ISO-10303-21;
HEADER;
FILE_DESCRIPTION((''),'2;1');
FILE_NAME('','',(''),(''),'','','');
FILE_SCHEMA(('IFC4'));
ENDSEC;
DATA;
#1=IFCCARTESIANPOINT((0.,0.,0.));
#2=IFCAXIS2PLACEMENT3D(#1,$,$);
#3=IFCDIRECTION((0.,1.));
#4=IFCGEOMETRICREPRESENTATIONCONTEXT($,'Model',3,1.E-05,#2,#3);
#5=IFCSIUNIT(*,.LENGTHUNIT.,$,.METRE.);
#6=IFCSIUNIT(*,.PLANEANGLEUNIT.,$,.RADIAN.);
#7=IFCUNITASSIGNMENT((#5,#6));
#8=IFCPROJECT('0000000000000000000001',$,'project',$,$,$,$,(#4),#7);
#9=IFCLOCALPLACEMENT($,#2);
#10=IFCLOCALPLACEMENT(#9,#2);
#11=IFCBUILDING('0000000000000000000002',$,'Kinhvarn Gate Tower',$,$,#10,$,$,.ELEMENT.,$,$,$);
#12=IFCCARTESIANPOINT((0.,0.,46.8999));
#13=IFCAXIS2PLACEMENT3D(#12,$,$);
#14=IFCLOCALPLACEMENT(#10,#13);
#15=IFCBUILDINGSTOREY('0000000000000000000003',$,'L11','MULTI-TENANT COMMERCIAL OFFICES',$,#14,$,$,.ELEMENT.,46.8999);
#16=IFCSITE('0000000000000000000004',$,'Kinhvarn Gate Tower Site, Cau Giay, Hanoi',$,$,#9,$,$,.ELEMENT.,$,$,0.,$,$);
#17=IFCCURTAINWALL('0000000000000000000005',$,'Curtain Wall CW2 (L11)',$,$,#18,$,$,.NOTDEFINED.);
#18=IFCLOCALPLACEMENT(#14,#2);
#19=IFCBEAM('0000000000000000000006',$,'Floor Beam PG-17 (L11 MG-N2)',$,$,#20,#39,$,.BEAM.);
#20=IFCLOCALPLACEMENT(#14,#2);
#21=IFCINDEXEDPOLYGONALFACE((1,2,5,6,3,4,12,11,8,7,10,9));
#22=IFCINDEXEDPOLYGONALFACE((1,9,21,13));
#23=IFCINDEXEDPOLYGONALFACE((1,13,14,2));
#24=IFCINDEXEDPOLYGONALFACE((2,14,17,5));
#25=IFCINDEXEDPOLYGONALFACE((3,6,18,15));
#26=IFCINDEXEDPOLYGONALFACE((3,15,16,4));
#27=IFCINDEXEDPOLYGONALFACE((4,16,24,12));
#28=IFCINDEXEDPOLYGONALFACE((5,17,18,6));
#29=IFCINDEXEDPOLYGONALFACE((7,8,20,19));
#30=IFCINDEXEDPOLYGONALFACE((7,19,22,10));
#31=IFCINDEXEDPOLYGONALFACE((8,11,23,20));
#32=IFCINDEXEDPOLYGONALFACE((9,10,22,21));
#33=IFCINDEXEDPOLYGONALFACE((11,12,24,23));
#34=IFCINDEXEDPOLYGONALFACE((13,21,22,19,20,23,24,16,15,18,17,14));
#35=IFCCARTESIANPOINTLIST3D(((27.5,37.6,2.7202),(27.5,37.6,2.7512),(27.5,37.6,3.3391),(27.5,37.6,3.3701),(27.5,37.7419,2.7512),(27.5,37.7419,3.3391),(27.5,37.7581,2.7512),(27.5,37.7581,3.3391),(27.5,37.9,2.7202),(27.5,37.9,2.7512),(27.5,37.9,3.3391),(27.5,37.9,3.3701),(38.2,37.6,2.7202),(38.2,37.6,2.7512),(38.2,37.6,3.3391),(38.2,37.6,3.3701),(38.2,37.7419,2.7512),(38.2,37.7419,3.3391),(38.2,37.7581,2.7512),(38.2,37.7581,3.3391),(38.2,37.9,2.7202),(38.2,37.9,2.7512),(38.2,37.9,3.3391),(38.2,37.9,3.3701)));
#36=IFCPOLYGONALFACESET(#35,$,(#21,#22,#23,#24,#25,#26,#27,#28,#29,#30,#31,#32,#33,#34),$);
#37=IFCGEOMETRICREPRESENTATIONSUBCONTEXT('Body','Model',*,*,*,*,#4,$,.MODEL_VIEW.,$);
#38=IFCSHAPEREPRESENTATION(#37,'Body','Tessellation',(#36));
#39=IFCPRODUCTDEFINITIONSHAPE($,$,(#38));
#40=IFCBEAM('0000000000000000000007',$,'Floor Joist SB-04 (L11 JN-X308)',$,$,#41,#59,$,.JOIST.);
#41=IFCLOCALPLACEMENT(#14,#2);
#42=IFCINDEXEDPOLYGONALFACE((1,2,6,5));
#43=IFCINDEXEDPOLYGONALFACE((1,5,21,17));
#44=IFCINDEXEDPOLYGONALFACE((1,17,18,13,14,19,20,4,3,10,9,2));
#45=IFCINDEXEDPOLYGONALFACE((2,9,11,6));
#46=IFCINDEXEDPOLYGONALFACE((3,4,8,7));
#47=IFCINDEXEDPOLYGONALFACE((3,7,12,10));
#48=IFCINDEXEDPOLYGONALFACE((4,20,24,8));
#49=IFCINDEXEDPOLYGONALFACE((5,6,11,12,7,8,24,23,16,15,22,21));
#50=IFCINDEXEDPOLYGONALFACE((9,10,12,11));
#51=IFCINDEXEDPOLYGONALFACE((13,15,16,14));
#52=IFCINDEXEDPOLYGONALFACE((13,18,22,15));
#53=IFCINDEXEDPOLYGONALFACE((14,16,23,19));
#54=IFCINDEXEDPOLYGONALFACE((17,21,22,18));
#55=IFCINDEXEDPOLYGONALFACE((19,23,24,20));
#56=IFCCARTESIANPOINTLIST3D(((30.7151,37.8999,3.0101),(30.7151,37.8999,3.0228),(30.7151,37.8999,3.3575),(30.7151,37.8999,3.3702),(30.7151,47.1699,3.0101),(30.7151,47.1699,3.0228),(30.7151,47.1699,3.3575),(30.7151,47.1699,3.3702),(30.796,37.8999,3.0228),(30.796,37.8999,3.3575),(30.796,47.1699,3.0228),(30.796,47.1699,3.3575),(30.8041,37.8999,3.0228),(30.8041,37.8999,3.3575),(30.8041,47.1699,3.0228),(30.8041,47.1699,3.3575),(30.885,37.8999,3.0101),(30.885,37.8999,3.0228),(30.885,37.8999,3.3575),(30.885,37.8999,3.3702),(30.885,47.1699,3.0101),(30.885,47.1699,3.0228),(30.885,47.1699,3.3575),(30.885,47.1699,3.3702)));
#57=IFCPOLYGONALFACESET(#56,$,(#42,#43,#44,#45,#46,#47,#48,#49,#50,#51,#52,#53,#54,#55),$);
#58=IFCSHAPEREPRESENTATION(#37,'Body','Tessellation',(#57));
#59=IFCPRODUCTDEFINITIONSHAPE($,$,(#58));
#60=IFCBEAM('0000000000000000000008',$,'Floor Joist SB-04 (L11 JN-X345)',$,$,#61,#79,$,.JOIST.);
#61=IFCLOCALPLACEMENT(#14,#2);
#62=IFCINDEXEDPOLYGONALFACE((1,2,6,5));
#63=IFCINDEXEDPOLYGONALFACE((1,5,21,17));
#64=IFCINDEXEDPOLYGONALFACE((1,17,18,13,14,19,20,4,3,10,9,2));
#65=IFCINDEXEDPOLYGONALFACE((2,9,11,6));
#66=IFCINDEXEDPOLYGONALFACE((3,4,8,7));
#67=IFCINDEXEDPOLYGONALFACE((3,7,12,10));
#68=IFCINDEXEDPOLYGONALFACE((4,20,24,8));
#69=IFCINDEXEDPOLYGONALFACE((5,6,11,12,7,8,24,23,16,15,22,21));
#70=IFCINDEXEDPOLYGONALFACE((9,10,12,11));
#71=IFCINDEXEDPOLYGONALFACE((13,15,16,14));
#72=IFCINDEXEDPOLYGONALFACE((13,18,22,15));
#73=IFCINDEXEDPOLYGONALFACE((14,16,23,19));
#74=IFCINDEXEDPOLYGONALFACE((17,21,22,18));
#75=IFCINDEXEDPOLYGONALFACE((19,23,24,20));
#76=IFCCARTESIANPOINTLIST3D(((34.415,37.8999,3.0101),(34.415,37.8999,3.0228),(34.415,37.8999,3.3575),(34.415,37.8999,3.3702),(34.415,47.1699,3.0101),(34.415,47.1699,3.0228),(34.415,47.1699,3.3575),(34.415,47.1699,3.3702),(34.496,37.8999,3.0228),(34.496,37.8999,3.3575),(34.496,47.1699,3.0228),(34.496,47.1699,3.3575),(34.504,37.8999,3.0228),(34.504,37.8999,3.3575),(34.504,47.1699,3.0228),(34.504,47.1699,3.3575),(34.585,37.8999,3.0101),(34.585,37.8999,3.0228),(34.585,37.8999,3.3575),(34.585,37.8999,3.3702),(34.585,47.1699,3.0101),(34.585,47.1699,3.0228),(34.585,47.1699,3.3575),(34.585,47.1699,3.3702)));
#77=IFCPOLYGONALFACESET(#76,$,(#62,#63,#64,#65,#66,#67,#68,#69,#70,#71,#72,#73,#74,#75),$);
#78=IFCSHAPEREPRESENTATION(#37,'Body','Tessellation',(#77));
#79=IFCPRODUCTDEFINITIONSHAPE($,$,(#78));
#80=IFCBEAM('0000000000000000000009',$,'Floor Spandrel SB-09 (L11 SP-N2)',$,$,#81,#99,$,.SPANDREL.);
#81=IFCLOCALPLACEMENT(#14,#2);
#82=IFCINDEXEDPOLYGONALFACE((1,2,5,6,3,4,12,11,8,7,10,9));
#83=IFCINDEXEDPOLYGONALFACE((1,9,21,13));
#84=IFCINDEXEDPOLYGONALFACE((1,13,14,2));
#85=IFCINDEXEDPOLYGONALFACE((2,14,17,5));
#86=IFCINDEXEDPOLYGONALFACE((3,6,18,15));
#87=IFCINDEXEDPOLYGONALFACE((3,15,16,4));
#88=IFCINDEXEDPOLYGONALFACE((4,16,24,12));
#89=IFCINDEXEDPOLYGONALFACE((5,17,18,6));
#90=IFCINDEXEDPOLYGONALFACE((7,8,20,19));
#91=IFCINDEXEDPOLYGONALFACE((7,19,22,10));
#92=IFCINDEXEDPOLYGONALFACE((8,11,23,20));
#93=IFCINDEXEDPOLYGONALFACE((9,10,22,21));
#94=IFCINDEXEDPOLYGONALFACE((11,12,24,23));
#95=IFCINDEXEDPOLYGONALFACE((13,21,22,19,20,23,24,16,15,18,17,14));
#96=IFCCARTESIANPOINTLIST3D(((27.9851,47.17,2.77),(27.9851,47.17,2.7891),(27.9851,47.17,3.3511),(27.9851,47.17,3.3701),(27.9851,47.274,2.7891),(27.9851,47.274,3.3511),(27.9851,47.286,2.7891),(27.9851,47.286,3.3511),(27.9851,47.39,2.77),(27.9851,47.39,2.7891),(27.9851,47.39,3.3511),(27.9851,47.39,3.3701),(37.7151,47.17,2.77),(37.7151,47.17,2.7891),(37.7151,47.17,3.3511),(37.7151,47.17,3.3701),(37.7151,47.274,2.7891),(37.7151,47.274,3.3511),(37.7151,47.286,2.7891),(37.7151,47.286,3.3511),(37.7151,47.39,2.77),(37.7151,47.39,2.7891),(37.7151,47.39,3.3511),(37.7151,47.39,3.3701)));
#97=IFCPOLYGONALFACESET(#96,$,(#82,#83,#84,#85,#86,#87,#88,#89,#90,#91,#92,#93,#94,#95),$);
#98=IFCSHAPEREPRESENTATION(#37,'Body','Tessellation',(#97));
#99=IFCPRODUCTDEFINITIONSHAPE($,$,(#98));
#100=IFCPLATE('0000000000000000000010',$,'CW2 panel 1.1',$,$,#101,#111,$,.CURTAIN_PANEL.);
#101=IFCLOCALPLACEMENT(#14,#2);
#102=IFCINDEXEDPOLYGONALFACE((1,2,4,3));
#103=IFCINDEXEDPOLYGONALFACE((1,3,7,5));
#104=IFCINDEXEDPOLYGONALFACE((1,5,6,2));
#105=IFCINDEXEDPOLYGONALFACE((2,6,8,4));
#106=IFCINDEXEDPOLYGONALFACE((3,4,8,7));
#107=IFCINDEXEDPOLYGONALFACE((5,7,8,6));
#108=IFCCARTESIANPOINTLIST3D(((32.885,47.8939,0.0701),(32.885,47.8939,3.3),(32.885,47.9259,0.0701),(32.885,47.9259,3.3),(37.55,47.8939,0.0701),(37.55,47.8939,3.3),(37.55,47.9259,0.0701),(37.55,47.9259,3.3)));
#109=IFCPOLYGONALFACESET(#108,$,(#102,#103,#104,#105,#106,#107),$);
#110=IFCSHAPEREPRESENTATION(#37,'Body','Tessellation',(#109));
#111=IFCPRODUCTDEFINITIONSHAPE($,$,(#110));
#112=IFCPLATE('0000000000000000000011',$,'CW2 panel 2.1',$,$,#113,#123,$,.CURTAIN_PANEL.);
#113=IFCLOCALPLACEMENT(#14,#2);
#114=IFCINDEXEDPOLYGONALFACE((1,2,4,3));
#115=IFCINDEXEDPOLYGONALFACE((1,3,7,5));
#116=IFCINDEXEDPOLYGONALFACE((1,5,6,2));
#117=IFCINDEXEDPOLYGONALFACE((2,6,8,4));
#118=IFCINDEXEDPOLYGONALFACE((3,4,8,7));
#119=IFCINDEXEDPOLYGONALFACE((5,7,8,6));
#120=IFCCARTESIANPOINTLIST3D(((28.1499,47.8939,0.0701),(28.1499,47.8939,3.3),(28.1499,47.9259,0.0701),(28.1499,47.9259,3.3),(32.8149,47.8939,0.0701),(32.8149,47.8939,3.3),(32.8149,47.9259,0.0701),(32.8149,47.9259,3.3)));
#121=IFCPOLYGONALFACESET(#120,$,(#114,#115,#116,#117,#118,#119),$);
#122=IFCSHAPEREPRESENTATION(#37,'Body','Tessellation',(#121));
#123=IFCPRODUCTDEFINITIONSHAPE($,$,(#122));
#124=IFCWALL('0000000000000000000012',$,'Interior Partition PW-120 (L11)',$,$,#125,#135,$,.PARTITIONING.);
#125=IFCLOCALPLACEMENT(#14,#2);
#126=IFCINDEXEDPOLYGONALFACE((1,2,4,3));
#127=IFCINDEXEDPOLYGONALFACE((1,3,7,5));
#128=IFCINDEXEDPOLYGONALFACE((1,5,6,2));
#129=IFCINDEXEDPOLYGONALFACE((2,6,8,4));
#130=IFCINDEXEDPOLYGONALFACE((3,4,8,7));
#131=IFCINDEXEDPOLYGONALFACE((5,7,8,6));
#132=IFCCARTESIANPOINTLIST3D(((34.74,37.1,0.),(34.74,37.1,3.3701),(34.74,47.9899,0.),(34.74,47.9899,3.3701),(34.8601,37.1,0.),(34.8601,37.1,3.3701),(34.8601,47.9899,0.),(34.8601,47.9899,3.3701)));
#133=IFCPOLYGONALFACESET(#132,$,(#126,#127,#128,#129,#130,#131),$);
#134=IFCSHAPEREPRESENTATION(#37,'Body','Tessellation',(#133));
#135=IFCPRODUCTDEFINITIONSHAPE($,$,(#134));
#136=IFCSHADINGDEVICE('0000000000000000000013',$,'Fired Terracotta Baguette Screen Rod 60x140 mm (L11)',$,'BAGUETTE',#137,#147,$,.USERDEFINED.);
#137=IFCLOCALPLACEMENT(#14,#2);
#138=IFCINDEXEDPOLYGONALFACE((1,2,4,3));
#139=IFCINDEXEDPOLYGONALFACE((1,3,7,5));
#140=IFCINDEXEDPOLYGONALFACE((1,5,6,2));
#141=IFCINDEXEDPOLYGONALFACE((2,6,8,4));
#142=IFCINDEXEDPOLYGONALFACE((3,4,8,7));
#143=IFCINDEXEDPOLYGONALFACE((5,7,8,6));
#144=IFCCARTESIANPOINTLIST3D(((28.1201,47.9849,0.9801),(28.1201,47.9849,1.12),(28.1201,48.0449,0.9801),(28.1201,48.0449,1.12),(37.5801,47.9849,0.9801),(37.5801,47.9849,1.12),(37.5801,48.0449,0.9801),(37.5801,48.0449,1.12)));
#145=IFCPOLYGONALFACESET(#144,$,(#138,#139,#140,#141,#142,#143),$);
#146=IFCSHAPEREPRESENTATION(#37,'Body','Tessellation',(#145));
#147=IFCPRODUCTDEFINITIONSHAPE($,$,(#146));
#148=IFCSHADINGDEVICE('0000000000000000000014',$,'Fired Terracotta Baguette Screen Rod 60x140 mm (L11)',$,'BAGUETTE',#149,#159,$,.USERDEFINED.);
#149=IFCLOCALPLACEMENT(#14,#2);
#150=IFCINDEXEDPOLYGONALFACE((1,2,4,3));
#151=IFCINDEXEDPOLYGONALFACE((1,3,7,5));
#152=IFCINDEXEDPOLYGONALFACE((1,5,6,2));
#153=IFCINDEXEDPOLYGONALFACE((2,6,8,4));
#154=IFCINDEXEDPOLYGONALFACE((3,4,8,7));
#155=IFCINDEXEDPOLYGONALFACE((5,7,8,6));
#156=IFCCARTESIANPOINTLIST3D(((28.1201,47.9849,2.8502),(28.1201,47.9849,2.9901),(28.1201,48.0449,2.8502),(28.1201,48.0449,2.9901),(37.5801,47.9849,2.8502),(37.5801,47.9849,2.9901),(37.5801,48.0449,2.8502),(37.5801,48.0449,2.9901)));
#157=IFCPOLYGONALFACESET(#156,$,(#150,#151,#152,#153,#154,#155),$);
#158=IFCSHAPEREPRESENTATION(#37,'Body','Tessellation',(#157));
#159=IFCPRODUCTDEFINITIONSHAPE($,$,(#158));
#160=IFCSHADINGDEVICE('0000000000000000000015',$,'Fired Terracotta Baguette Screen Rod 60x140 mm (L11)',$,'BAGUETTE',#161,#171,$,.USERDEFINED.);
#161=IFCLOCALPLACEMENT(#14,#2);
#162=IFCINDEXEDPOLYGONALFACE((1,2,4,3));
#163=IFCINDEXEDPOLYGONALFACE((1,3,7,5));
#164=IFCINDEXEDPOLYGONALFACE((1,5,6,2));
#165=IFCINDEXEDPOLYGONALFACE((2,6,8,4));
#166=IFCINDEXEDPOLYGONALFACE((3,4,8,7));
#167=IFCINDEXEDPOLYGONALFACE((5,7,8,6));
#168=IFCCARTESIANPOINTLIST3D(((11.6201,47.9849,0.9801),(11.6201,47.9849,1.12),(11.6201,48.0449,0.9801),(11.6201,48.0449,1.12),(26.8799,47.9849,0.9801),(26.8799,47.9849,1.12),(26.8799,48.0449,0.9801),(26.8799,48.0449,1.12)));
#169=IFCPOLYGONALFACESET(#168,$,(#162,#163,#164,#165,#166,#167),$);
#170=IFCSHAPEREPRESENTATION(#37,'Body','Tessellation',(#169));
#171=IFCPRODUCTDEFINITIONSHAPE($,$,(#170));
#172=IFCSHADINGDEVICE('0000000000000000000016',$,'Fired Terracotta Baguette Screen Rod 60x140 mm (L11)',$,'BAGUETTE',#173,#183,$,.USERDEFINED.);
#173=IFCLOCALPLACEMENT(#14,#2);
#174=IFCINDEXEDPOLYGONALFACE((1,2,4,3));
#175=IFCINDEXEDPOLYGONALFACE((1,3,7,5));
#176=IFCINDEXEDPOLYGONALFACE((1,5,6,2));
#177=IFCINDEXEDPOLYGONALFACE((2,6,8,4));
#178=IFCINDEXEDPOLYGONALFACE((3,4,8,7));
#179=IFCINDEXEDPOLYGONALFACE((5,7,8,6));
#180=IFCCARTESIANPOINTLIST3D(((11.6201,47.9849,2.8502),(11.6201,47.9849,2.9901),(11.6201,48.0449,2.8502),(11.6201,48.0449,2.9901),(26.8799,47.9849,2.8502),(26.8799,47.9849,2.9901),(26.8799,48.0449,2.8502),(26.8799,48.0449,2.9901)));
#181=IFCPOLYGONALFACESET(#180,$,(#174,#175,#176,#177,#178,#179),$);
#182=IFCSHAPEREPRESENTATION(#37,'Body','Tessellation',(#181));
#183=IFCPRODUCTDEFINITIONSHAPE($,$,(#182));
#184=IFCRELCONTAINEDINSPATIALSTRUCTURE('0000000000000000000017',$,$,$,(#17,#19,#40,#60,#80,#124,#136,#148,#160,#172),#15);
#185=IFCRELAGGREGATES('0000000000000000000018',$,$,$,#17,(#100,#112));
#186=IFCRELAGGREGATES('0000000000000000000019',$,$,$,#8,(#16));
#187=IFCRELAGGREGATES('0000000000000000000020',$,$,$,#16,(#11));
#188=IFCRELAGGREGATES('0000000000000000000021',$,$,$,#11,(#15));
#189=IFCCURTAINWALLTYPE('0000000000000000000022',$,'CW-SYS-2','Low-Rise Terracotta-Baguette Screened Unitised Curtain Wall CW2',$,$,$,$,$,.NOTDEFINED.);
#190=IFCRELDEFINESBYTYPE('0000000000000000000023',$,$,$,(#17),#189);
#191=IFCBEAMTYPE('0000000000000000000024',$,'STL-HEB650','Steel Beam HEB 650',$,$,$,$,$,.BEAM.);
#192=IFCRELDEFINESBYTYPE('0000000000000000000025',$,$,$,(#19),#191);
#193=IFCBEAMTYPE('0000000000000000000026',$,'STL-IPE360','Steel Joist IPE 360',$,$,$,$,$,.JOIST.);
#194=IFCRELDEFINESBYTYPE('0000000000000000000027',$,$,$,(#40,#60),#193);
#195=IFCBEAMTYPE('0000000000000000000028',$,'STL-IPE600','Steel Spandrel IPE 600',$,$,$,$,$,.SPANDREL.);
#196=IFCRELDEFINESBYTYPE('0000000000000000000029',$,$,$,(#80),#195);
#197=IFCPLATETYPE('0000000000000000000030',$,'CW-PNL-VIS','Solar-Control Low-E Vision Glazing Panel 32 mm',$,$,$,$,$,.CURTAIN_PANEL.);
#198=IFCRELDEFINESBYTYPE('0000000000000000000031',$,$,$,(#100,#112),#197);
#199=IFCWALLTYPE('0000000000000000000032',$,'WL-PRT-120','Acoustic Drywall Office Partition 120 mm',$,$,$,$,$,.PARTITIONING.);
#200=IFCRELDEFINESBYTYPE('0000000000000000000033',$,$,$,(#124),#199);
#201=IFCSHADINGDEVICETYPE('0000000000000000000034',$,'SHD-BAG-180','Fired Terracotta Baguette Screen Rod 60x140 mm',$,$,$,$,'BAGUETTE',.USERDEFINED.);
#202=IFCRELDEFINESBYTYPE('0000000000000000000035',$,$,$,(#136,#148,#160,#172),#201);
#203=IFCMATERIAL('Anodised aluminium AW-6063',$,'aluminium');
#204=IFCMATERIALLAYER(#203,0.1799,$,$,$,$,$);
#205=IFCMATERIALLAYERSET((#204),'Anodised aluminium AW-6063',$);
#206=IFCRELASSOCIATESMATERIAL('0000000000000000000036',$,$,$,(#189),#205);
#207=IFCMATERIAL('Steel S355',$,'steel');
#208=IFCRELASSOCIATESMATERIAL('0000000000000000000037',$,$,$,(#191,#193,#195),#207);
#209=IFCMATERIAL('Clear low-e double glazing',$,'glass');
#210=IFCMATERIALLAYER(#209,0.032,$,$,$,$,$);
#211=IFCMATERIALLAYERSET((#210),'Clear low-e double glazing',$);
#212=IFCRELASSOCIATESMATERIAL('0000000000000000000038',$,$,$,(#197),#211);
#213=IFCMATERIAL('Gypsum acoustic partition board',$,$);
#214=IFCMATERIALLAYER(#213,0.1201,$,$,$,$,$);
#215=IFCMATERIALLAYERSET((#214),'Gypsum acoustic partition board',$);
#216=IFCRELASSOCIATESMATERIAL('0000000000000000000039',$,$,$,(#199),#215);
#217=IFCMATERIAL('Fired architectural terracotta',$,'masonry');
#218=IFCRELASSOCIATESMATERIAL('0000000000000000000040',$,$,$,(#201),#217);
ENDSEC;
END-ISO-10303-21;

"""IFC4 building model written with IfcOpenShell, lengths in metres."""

from ifc_helpers import new_model, si_unit, direction, frame, frame_2d, origin, origin_2d, place, context, subcontext, project, spatial, rectangle, i_section, extrude, material, layer, layer_set, material_profile, profile_set, type_object, element, aggregate, save


model = new_model("IFC4")

# Units and contexts
model_context = context("Model", 3, precision=1e-05, world=origin(), true_north=direction((0.0, 1.0)))
body_context = subcontext(model_context, "Body", "Model", "MODEL_VIEW")
ifc_project = project(units=[si_unit("LENGTHUNIT", "METRE"), si_unit("PLANEANGLEUNIT", "RADIAN")], contexts=[model_context])

# Site, building, storey
site_placement = place(None, origin())
site = spatial("IfcSite", under=ifc_project, at=site_placement, Name="Kinhvarn Gate Tower Site, Cau Giay, Hanoi", CompositionType="ELEMENT", RefElevation=0.0)
building_placement = place(site_placement, origin())
building = spatial("IfcBuilding", under=site, at=building_placement, Name="Kinhvarn Gate Tower", CompositionType="ELEMENT")
storey_placement = place(building_placement, frame((0.0, 0.0, 46.8999)))
storey = spatial("IfcBuildingStorey", under=building, at=storey_placement, Name="L11", Description="MULTI-TENANT COMMERCIAL OFFICES", CompositionType="ELEMENT", Elevation=46.8999)

# Curtain wall
ifc_material_1 = material(Name="Anodised aluminium AW-6063", Category="aluminium")
ifc_layer_1 = layer(ifc_material_1, 0.1799)
ifc_layer_set_1 = layer_set([ifc_layer_1], Name="Anodised aluminium AW-6063")
curtain_wall_type = type_object("IfcCurtainWallType", Name="CW-SYS-2", Description="Low-Rise Terracotta-Baguette Screened Unitised Curtain Wall CW2", PredefinedType="NOTDEFINED", material=ifc_layer_set_1)
curtain_wall_1_placement = place(storey_placement, origin())
curtain_wall_1 = element("IfcCurtainWall", 1, at=curtain_wall_1_placement, inside=storey, type_object=curtain_wall_type, Name="Curtain Wall CW2 (L11)", PredefinedType="NOTDEFINED")

# Beams
ifc_material_2 = material(Name="Steel S355", Category="steel")
ifc_material_profile_1 = material_profile(ifc_material_2, i_section(OverallWidth=0.3, OverallDepth=0.6499, WebThickness=0.0161, FlangeThickness=0.031, at=origin_2d()), Name="HEB 650")
ifc_profile_set_1 = profile_set([ifc_material_profile_1], Name="Steel S355")
beam_type_1 = type_object("IfcBeamType", Name="STL-HEB650", Description="Steel Beam HEB 650", PredefinedType="BEAM", material=ifc_profile_set_1)
beam_1_placement = place(storey_placement, frame((27.5, 37.75, 3.0452), z_axis=(1.0, 0.0, 0.0), x_axis=(0.0, 1.0, 0.0)))
element("IfcBeam", 2, at=beam_1_placement, inside=storey, type_object=beam_type_1, Name="Floor Beam PG-17 (L11 MG-N2)", PredefinedType="BEAM", context=body_context, shape_type="SweptSolid", body=[
    extrude(i_section(OverallWidth=0.3, OverallDepth=0.6499, WebThickness=0.0161, FlangeThickness=0.031, at=origin_2d()), origin(), (0.0, 0.0, 1.0), 10.7),
])
ifc_material_profile_2 = material_profile(ifc_material_2, i_section(OverallWidth=0.1699, OverallDepth=0.3601, WebThickness=0.0081, FlangeThickness=0.0127, at=origin_2d()), Name="IPE 360")
ifc_profile_set_2 = profile_set([ifc_material_profile_2], Name="Steel S355")
beam_type_2 = type_object("IfcBeamType", Name="STL-IPE360", Description="Steel Joist IPE 360", PredefinedType="JOIST", material=ifc_profile_set_2)
for number, where, z_axis, x_axis, name in (
    (3, (30.8, 37.8999, 3.1902), (0.0, 1.0, 0.0), (-1.0, 0.0, 0.0), "Floor Joist SB-04 (L11 JN-X308)"),
    (4, (34.5, 37.8999, 3.1902), (0.0, 1.0, 0.0), (-1.0, 0.0, 0.0), "Floor Joist SB-04 (L11 JN-X345)"),
):
    element("IfcBeam", number, at=place(storey_placement, frame(where, z_axis=z_axis, x_axis=x_axis)), inside=storey, type_object=beam_type_2, Name=name, PredefinedType="JOIST", context=body_context, shape_type="SweptSolid", body=[
        extrude(i_section(OverallWidth=0.1699, OverallDepth=0.3601, WebThickness=0.0081, FlangeThickness=0.0127, at=origin_2d()), origin(), (0.0, 0.0, 1.0), 9.27),
    ])
ifc_material_profile_3 = material_profile(ifc_material_2, i_section(OverallWidth=0.22, OverallDepth=0.6001, WebThickness=0.012, FlangeThickness=0.019, at=origin_2d()), Name="IPE 600")
ifc_profile_set_3 = profile_set([ifc_material_profile_3], Name="Steel S355")
beam_type_3 = type_object("IfcBeamType", Name="STL-IPE600", Description="Steel Spandrel IPE 600", PredefinedType="SPANDREL", material=ifc_profile_set_3)
beam_2_placement = place(storey_placement, frame((27.9851, 47.28, 3.0701), z_axis=(1.0, 0.0, 0.0), x_axis=(0.0, 1.0, 0.0)))
element("IfcBeam", 5, at=beam_2_placement, inside=storey, type_object=beam_type_3, Name="Floor Spandrel SB-09 (L11 SP-N2)", PredefinedType="SPANDREL", context=body_context, shape_type="SweptSolid", body=[
    extrude(i_section(OverallWidth=0.22, OverallDepth=0.6001, WebThickness=0.012, FlangeThickness=0.019, at=origin_2d()), origin(), (0.0, 0.0, 1.0), 9.73),
])

# Plates
ifc_material_3 = material(Name="Clear low-e double glazing", Category="glass")
ifc_layer_2 = layer(ifc_material_3, 0.032)
ifc_layer_set_2 = layer_set([ifc_layer_2], Name="Clear low-e double glazing")
plate_type = type_object("IfcPlateType", Name="CW-PNL-VIS", Description="Solar-Control Low-E Vision Glazing Panel 32 mm", PredefinedType="CURTAIN_PANEL", material=ifc_layer_set_2)
plate_1_placement = place(storey_placement, frame((35.2175, 47.9099, 0.0701), z_axis=(0.0, 0.0, 1.0), x_axis=(-1.0, 0.0, 0.0)))
plate_1 = element("IfcPlate", 6, at=plate_1_placement, type_object=plate_type, Name="CW2 panel 1.1", PredefinedType="CURTAIN_PANEL", context=body_context, shape_type="SweptSolid", body=[
    extrude(rectangle(XDim=4.665, YDim=0.032, at=origin_2d()), origin(), (0.0, 0.0, 1.0), 3.23),
])
plate_2_placement = place(storey_placement, frame((30.4824, 47.9099, 0.0701), z_axis=(0.0, 0.0, 1.0), x_axis=(-1.0, 0.0, 0.0)))
plate_2 = element("IfcPlate", 7, at=plate_2_placement, type_object=plate_type, Name="CW2 panel 2.1", PredefinedType="CURTAIN_PANEL", context=body_context, shape_type="SweptSolid", body=[
    extrude(rectangle(XDim=4.665, YDim=0.032, at=origin_2d()), origin(), (0.0, 0.0, 1.0), 3.23),
])
aggregate(curtain_wall_1, [plate_1, plate_2])

# Wall
ifc_material_4 = material(Name="Gypsum acoustic partition board")
ifc_layer_3 = layer(ifc_material_4, 0.1201)
ifc_layer_set_3 = layer_set([ifc_layer_3], Name="Gypsum acoustic partition board")
wall_type = type_object("IfcWallType", Name="WL-PRT-120", Description="Acoustic Drywall Office Partition 120 mm", PredefinedType="PARTITIONING", material=ifc_layer_set_3)
wall_placement = place(storey_placement, frame((34.8, 37.1001, 0.0), z_axis=(0.0, 0.0, 1.0), x_axis=(0.0, 1.0, 0.0)))
element("IfcWall", 8, at=wall_placement, inside=storey, type_object=wall_type, Name="Interior Partition PW-120 (L11)", PredefinedType="PARTITIONING", context=body_context, shape_type="SweptSolid", body=[
    extrude(rectangle(XDim=10.8899, YDim=0.1201, at=frame_2d((5.4448, 0.0))), origin(), (0.0, 0.0, 1.0), 3.3701),
])

# Shading devices
ifc_material_5 = material(Name="Fired architectural terracotta", Category="masonry")
ifc_material_profile_4 = material_profile(ifc_material_5, rectangle(XDim=0.0601, YDim=0.1399, at=origin_2d()), Name="TC 60x140")
ifc_profile_set_4 = profile_set([ifc_material_profile_4], Name="Fired architectural terracotta")
shading_device_type = type_object("IfcShadingDeviceType", Name="SHD-BAG-180", Description="Fired Terracotta Baguette Screen Rod 60x140 mm", ElementType="BAGUETTE", PredefinedType="USERDEFINED", material=ifc_profile_set_4)
for number, where, z_axis, x_axis, name in (
    (9, (37.5801, 48.0149, 1.05), (-1.0, 0.0, 0.0), (0.0, -1.0, 0.0), "Fired Terracotta Baguette Screen Rod 60x140 mm (L11)"),
    (10, (37.5801, 48.0149, 2.9202), (-1.0, 0.0, 0.0), (0.0, -1.0, 0.0), "Fired Terracotta Baguette Screen Rod 60x140 mm (L11)"),
):
    element("IfcShadingDevice", number, at=place(storey_placement, frame(where, z_axis=z_axis, x_axis=x_axis)), inside=storey, type_object=shading_device_type, Name=name, ObjectType="BAGUETTE", PredefinedType="USERDEFINED", context=body_context, shape_type="SweptSolid", body=[
        extrude(rectangle(XDim=0.0601, YDim=0.1399, at=origin_2d()), origin(), (0.0, 0.0, 1.0), 9.46),
    ])
for number, where, z_axis, x_axis, name in (
    (11, (26.8799, 48.0149, 1.05), (-1.0, 0.0, 0.0), (0.0, -1.0, 0.0), "Fired Terracotta Baguette Screen Rod 60x140 mm (L11)"),
    (12, (26.8799, 48.0149, 2.9202), (-1.0, 0.0, 0.0), (0.0, -1.0, 0.0), "Fired Terracotta Baguette Screen Rod 60x140 mm (L11)"),
):
    element("IfcShadingDevice", number, at=place(storey_placement, frame(where, z_axis=z_axis, x_axis=x_axis)), inside=storey, type_object=shading_device_type, Name=name, ObjectType="BAGUETTE", PredefinedType="USERDEFINED", context=body_context, shape_type="SweptSolid", body=[
        extrude(rectangle(XDim=0.0601, YDim=0.1399, at=origin_2d()), origin(), (0.0, 0.0, 1.0), 15.2598),
    ])

save(model, "model.ifc")
